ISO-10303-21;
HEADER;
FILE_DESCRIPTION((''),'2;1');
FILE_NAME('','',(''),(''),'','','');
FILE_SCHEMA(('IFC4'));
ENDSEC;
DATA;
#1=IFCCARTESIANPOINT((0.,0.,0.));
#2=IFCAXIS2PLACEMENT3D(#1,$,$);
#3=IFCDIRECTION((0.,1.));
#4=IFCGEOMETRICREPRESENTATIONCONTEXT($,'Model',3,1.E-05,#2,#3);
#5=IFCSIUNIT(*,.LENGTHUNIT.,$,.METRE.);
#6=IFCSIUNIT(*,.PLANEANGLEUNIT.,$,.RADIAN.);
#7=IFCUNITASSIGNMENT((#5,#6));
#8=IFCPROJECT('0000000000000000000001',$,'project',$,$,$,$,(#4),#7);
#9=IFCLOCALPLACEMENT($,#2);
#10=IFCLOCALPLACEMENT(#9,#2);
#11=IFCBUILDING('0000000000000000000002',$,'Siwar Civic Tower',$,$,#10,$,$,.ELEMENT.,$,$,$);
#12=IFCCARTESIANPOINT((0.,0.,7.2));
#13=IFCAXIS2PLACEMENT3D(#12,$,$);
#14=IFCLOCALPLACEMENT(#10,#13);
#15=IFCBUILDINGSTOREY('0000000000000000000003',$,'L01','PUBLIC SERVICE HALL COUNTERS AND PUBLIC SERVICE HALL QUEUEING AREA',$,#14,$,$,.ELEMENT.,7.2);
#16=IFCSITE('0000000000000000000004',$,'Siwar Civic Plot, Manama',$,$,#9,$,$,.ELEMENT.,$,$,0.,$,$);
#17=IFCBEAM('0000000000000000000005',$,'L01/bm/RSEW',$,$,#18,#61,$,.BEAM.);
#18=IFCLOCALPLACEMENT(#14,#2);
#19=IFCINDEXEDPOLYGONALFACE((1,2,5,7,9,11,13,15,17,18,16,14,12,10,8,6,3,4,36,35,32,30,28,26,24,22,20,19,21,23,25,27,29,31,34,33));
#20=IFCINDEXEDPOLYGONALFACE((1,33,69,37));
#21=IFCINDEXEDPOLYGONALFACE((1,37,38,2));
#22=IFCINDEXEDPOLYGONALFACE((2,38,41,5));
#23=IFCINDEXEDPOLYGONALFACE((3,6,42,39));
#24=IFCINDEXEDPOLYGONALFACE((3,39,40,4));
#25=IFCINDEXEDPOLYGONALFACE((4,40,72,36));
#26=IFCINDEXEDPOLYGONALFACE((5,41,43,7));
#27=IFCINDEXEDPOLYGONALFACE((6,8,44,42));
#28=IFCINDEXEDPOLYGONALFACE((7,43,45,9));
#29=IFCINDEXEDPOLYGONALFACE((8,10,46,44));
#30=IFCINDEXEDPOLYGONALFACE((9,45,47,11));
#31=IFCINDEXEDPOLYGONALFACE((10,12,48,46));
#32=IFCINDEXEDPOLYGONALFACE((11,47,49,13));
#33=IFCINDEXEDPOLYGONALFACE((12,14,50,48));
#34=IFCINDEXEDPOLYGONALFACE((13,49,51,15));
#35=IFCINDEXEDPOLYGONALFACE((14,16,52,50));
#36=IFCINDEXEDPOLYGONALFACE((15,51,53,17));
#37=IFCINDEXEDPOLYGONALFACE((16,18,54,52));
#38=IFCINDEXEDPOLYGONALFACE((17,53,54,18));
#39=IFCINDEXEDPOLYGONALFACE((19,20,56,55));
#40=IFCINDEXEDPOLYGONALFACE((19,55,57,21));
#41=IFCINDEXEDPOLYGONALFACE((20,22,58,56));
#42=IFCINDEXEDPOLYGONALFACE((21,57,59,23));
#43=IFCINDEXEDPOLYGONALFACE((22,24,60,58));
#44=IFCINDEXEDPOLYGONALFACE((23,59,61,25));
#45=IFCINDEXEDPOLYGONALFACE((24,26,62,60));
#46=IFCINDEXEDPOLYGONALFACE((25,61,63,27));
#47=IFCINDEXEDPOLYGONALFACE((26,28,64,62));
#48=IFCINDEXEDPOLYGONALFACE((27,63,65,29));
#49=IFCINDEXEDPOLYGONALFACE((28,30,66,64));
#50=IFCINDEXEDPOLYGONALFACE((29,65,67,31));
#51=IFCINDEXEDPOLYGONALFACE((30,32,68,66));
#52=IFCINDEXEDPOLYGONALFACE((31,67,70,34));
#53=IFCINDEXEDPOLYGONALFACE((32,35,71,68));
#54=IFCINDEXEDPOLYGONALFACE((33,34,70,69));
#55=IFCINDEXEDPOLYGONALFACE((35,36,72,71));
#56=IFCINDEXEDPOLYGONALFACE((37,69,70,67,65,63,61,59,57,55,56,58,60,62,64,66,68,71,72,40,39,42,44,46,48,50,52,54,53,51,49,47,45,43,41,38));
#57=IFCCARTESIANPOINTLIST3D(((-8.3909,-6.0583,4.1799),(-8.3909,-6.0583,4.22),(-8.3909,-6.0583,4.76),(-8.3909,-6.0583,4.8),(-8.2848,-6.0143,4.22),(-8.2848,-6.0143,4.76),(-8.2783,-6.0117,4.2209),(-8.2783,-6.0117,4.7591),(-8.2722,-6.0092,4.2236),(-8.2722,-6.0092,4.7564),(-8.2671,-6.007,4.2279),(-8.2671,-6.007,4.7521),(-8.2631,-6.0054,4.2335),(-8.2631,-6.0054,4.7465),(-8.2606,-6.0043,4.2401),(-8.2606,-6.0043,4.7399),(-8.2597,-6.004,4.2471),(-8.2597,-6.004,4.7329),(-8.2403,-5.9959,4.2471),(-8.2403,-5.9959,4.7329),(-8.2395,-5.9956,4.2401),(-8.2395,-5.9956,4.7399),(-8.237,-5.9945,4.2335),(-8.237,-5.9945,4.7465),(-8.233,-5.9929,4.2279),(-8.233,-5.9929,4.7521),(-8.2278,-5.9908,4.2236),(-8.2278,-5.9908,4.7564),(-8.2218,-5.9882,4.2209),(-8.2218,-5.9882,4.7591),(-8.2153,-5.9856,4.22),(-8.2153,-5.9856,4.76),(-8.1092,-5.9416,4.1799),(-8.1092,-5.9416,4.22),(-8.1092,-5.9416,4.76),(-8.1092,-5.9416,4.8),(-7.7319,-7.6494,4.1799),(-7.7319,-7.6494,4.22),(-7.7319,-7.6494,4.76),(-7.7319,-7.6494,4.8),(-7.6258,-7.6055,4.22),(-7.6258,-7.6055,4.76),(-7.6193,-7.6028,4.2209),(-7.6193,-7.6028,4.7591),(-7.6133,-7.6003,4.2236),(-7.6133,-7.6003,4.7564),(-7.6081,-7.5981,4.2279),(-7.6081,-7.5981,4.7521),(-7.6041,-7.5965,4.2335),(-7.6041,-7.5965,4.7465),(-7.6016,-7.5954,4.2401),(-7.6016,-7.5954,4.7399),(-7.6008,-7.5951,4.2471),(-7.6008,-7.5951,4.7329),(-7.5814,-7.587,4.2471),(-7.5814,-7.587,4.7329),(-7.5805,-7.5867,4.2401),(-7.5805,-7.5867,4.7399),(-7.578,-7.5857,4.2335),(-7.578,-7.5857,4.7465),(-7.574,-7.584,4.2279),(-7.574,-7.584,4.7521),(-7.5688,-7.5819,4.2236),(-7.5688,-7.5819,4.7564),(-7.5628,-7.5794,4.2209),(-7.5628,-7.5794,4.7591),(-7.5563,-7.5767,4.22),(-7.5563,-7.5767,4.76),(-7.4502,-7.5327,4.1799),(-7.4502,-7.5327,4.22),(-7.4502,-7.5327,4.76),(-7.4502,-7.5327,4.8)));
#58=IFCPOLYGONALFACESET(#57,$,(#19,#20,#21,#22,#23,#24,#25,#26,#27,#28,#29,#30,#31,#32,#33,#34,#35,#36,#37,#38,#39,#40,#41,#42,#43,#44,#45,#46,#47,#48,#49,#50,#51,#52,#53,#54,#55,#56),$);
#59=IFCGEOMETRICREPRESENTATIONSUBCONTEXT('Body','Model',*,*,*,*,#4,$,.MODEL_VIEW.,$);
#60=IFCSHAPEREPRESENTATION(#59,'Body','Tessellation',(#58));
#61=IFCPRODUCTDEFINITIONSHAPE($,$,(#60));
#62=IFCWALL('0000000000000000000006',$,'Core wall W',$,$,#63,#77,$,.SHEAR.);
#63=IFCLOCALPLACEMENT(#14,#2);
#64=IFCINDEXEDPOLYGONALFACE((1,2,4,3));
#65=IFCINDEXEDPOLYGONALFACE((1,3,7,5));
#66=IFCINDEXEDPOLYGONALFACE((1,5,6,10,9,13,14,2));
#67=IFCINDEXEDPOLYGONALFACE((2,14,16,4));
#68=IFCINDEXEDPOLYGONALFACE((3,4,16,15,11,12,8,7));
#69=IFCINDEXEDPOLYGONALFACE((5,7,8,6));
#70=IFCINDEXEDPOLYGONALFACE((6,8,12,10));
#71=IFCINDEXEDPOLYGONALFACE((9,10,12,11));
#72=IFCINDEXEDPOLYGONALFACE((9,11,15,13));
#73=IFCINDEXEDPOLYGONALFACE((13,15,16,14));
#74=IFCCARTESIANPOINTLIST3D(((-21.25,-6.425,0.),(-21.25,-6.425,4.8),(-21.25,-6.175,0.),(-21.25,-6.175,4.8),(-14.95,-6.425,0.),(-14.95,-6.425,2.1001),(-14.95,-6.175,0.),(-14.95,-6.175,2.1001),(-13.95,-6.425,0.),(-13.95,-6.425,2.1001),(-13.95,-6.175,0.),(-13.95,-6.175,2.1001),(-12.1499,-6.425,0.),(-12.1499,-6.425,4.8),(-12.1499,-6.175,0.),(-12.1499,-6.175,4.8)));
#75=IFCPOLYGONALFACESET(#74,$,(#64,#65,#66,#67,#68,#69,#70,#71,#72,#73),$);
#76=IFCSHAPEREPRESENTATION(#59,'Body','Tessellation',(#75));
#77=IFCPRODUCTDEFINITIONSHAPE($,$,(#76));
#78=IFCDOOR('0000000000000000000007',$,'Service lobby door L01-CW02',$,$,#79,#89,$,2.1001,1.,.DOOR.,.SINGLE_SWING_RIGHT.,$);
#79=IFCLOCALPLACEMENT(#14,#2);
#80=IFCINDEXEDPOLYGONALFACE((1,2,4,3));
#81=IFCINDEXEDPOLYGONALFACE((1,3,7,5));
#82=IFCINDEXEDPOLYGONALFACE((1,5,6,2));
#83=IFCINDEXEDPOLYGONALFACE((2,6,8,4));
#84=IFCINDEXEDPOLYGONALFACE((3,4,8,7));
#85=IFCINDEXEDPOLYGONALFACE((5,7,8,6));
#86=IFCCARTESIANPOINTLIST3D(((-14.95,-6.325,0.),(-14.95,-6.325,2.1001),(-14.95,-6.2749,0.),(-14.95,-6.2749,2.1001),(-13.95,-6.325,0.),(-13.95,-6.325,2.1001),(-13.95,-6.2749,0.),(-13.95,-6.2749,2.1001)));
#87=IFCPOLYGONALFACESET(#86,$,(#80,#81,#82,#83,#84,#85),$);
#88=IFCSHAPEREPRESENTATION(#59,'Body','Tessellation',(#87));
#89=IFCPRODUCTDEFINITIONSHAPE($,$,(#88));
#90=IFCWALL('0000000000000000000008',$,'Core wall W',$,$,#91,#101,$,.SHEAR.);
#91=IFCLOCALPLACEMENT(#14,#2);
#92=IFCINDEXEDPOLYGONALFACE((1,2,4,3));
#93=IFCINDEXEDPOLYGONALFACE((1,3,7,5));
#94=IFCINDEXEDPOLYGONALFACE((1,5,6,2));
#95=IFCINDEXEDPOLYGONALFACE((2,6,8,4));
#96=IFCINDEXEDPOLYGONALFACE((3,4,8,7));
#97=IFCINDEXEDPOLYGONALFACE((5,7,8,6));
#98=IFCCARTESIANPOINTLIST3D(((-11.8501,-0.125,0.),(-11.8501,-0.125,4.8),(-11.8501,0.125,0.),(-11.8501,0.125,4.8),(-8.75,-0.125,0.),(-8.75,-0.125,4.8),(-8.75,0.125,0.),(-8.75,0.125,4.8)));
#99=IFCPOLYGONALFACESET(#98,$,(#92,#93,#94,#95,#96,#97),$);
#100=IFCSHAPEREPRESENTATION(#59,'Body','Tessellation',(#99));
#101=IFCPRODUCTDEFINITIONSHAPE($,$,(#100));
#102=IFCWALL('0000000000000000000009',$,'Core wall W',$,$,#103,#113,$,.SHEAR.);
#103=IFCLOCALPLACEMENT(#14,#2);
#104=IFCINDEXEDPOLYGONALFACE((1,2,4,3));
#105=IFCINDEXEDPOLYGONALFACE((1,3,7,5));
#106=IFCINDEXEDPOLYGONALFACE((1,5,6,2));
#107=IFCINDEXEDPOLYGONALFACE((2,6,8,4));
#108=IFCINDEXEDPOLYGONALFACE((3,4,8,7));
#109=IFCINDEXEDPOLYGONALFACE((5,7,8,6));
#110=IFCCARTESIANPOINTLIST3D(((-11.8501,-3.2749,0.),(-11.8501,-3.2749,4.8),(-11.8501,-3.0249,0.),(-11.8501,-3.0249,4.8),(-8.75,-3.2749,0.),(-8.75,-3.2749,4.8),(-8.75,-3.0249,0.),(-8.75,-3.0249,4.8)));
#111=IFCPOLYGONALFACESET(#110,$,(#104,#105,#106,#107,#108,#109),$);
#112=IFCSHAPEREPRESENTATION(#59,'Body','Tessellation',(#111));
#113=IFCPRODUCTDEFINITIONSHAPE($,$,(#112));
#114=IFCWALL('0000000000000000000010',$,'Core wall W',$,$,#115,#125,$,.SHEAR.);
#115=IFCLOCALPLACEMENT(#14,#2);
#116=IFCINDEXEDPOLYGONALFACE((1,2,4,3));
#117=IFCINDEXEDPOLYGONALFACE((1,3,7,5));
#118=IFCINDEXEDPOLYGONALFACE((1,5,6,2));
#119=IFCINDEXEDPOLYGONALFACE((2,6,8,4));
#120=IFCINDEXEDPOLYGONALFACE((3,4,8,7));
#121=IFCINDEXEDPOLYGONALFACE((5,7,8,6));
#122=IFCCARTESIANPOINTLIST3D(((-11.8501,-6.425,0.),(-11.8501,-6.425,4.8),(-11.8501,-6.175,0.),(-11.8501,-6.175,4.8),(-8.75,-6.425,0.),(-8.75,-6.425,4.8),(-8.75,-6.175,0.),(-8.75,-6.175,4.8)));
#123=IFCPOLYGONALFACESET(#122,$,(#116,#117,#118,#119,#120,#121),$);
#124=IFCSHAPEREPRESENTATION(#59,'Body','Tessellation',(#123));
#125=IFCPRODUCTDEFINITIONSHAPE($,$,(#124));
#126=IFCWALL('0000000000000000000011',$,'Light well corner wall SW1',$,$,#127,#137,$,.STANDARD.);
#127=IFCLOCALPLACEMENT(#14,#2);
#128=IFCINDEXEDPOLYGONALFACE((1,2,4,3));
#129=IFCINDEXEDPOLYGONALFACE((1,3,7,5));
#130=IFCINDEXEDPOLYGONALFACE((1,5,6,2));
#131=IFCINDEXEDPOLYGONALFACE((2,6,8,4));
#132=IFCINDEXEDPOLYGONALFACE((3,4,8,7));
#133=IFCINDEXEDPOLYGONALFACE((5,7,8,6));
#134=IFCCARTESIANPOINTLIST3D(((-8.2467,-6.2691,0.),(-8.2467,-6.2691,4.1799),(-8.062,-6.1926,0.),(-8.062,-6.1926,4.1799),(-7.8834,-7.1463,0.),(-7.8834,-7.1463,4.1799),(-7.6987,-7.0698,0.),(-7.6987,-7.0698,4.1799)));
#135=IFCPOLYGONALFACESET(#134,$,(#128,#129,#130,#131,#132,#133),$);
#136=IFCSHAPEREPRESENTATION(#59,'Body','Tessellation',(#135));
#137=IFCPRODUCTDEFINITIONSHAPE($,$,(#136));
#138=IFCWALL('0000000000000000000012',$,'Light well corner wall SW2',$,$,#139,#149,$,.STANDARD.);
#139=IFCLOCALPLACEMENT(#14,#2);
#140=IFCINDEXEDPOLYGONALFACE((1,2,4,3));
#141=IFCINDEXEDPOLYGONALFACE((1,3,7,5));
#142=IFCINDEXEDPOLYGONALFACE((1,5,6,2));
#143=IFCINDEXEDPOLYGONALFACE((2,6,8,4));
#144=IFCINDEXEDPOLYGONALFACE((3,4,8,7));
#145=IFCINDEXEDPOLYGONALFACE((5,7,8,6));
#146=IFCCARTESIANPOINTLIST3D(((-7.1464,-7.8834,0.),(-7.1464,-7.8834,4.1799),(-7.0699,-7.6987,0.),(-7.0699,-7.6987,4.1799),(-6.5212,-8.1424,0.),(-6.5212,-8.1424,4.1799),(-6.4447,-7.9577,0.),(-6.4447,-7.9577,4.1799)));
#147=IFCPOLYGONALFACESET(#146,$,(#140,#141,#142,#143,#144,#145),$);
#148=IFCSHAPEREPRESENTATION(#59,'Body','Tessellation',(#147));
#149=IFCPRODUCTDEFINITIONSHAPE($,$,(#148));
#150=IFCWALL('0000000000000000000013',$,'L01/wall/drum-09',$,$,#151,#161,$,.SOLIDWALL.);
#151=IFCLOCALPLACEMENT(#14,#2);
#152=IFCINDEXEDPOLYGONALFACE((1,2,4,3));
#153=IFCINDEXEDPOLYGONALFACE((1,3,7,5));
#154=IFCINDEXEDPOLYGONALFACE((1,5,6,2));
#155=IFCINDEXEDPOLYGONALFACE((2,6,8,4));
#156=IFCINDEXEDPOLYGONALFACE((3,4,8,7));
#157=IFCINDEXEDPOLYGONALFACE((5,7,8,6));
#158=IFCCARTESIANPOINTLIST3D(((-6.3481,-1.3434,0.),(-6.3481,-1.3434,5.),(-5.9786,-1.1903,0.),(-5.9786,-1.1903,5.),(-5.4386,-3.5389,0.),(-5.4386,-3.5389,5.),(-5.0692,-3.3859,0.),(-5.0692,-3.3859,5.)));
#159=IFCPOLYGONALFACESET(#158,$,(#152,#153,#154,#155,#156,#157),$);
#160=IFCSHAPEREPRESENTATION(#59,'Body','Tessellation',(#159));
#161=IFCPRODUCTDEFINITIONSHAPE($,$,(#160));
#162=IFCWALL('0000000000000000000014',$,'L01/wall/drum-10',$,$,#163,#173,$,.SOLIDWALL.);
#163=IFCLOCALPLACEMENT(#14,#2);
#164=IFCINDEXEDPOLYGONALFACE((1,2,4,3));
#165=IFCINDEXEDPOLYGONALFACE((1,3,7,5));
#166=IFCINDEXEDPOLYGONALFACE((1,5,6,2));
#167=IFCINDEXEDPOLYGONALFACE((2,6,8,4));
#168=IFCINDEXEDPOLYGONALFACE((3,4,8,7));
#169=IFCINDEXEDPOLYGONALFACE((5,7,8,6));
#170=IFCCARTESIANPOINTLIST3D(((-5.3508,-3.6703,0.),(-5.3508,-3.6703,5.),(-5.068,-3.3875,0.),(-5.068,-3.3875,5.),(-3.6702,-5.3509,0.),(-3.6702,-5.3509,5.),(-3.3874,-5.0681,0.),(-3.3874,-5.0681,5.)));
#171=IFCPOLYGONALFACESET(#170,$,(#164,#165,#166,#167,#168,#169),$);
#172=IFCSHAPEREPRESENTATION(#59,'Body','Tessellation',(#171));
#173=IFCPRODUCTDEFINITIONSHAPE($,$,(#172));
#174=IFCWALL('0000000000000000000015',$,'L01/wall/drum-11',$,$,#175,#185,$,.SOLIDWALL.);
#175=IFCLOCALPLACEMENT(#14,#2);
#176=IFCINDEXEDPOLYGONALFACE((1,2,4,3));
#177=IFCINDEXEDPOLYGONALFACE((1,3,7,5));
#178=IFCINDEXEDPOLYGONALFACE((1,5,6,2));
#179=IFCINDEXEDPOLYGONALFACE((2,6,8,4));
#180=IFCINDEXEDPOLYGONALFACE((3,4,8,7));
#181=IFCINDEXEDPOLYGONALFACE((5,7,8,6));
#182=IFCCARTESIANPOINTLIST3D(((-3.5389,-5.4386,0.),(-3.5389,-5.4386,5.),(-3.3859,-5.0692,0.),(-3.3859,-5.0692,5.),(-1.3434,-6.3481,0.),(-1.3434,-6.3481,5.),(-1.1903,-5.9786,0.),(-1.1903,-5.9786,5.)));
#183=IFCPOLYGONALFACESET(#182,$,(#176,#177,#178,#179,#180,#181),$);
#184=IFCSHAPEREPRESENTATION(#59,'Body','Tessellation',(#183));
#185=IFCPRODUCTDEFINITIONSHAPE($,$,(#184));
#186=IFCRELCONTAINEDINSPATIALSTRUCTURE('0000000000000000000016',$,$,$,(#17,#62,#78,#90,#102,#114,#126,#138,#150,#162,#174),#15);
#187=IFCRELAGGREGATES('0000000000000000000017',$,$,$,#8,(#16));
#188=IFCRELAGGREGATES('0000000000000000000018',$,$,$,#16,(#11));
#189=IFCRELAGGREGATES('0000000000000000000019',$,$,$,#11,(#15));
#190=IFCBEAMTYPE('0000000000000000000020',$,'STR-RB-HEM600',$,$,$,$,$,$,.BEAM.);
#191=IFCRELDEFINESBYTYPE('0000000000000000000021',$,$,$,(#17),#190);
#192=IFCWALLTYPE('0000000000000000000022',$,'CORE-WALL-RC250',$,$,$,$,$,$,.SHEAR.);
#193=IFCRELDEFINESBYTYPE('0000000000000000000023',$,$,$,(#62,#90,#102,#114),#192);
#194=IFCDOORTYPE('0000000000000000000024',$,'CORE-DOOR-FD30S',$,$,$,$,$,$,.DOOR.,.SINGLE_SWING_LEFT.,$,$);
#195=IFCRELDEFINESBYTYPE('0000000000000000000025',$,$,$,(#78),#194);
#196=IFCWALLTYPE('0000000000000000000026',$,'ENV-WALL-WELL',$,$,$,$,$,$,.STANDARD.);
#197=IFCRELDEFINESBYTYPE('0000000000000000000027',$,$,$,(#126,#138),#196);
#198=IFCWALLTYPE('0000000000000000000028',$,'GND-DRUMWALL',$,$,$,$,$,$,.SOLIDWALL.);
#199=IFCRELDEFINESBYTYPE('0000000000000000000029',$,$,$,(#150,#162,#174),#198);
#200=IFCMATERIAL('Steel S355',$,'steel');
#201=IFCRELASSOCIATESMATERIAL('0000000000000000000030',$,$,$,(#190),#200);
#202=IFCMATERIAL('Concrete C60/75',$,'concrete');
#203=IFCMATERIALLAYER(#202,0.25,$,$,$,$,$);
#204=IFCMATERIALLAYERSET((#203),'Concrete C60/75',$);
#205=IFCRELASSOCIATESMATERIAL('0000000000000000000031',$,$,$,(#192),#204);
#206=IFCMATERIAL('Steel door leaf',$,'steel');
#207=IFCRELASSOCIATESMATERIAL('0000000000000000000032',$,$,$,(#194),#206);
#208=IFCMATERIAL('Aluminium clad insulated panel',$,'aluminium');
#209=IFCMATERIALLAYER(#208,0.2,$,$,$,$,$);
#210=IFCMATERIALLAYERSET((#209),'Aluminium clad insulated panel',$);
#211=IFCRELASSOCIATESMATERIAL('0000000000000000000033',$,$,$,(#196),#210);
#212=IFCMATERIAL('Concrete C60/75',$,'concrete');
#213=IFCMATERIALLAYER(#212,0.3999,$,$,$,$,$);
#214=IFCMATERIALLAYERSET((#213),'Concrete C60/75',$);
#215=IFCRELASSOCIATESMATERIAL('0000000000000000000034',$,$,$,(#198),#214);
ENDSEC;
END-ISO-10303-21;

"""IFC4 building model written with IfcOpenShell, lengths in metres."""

from ifc_helpers import new_model, si_unit, direction, frame, frame_2d, origin, origin_2d, place, context, subcontext, project, spatial, rectangle, i_section, extrude, material, layer, layer_set, material_profile, profile_set, type_object, element, fill, save


model = new_model("IFC4")

# Units and contexts
model_context = context("Model", 3, precision=1e-05, world=origin(), true_north=direction((0.0, 1.0)))
body_context = subcontext(model_context, "Body", "Model", "MODEL_VIEW")
ifc_project = project(units=[si_unit("LENGTHUNIT", "METRE"), si_unit("PLANEANGLEUNIT", "RADIAN")], contexts=[model_context])

# Site, building, storey
site_placement = place(None, origin())
site = spatial("IfcSite", under=ifc_project, at=site_placement, Name="Siwar Civic Plot, Manama", CompositionType="ELEMENT", RefElevation=0.0)
building_placement = place(site_placement, origin())
building = spatial("IfcBuilding", under=site, at=building_placement, Name="Siwar Civic Tower", CompositionType="ELEMENT")
storey_placement = place(building_placement, frame((0.0, 0.0, 7.2)))
storey = spatial("IfcBuildingStorey", under=building, at=storey_placement, Name="L01", Description="PUBLIC SERVICE HALL COUNTERS AND PUBLIC SERVICE HALL QUEUEING AREA", CompositionType="ELEMENT", Elevation=7.2)

# Beam
ifc_material_1 = material(Name="Steel S355", Category="steel")
ifc_material_profile_1 = material_profile(ifc_material_1, i_section(OverallWidth=0.3049, OverallDepth=0.6201, WebThickness=0.021, FlangeThickness=0.04, FilletRadius=0.0271, at=origin_2d()), Name="HEM600")
ifc_profile_set_1 = profile_set([ifc_material_profile_1], Name="Steel S355")
beam_type = type_object("IfcBeamType", Name="STR-RB-HEM600", PredefinedType="BEAM", material=ifc_profile_set_1)
beam_1_placement = place(storey_placement, frame((-7.5911, -7.5911, 4.49), z_axis=(-0.382631, 0.923901, 0.0), x_axis=(-0.923901, -0.382631, 0.0)))
element("IfcBeam", 1, at=beam_1_placement, inside=storey, type_object=beam_type, Name="L01/bm/RSEW", PredefinedType="BEAM", context=body_context, shape_type="SweptSolid", body=[
    extrude(i_section(OverallWidth=0.3049, OverallDepth=0.6201, WebThickness=0.021, FlangeThickness=0.04, FilletRadius=0.0271, at=origin_2d()), origin(), (0.0, 0.0, 1.0), 1.7222),
])

# Wall, opening, door
ifc_material_2 = material(Name="Concrete C60/75", Category="concrete")
ifc_layer_1 = layer(ifc_material_2, 0.25)
ifc_layer_set_1 = layer_set([ifc_layer_1], Name="Concrete C60/75")
wall_type_1 = type_object("IfcWallType", Name="CORE-WALL-RC250", PredefinedType="SHEAR", material=ifc_layer_set_1)
wall_1_placement = place(storey_placement, frame((-12.1499, -6.3, 0.0), z_axis=(0.0, 0.0, 1.0), x_axis=(-1.0, 0.0, 0.0)))
wall_1 = element("IfcWall", 2, at=wall_1_placement, inside=storey, type_object=wall_type_1, Name="Core wall W", PredefinedType="SHEAR", context=body_context, shape_type="SweptSolid", body=[
    extrude(rectangle(XDim=9.1001, YDim=0.25, at=frame_2d((4.55, 0.0))), origin(), (0.0, 0.0, 1.0), 4.8),
])
opening_placement = place(wall_1_placement, frame((1.8, 0.0, 0.0)))
opening = element("IfcOpeningElement", 3, at=opening_placement, cuts=wall_1, PredefinedType="OPENING", context=body_context, shape_type="SweptSolid", body=[
    extrude(rectangle(XDim=1.0, YDim=2.1001, at=frame_2d((0.5, 1.05))), frame((0.0, 0.135, 0.0), z_axis=(0.0, -1.0, 0.0), x_axis=(1.0, 0.0, 0.0)), (0.0, 0.0, 1.0), 0.27),
])
ifc_material_3 = material(Name="Steel door leaf", Category="steel")
door_type = type_object("IfcDoorType", Name="CORE-DOOR-FD30S", OperationType="SINGLE_SWING_LEFT", PredefinedType="DOOR", material=ifc_material_3)
door_placement = place(opening_placement, origin())
door = element("IfcDoor", 4, at=door_placement, inside=storey, type_object=door_type, Name="Service lobby door L01-CW02", OperationType="SINGLE_SWING_RIGHT", OverallHeight=2.1001, OverallWidth=1.0, PredefinedType="DOOR", context=body_context, shape_type="SweptSolid", body=[
    extrude(rectangle(XDim=1.0, YDim=2.1001, at=frame_2d((0.5, 1.05))), frame((0.0, 0.0249, 0.0), z_axis=(0.0, -1.0, 0.0), x_axis=(1.0, 0.0, 0.0)), (0.0, 0.0, 1.0), 0.05),
])
fill(opening, door)

# Walls
for number, where, z_axis, x_axis, name in (
    (5, (-8.75, 0.0, 0.0), (0.0, 0.0, 1.0), (-1.0, 0.0, 0.0), "Core wall W"),
    (6, (-8.75, -3.1499, 0.0), (0.0, 0.0, 1.0), (-1.0, 0.0, 0.0), "Core wall W"),
    (7, (-8.75, -6.3, 0.0), (0.0, 0.0, 1.0), (-1.0, 0.0, 0.0), "Core wall W"),
):
    element("IfcWall", number, at=place(storey_placement, frame(where, z_axis=z_axis, x_axis=x_axis)), inside=storey, type_object=wall_type_1, Name=name, PredefinedType="SHEAR", context=body_context, shape_type="SweptSolid", body=[
        extrude(rectangle(XDim=3.1001, YDim=0.25, at=frame_2d((1.55, 0.0))), origin(), (0.0, 0.0, 1.0), 4.8),
    ])
ifc_material_4 = material(Name="Aluminium clad insulated panel", Category="aluminium")
ifc_layer_2 = layer(ifc_material_4, 0.2)
ifc_layer_set_2 = layer_set([ifc_layer_2], Name="Aluminium clad insulated panel")
wall_type_2 = type_object("IfcWallType", Name="ENV-WALL-WELL", PredefinedType="STANDARD", material=ifc_layer_set_2)
wall_2_placement = place(storey_placement, frame((-8.1543, -6.231, 0.0), z_axis=(0.0, 0.0, 1.0), x_axis=(0.382624, -0.923904, 0.0)))
element("IfcWall", 8, at=wall_2_placement, inside=storey, type_object=wall_type_2, Name="Light well corner wall SW1", PredefinedType="STANDARD", context=body_context, shape_type="SweptSolid", body=[
    extrude(rectangle(XDim=0.9495, YDim=0.2, at=frame_2d((0.4746, 0.0))), origin(), (0.0, 0.0, 1.0), 4.1799),
])
wall_3_placement = place(storey_placement, frame((-7.1082, -7.791, 0.0), z_axis=(0.0, 0.0, 1.0), x_axis=(0.923854, -0.382745, 0.0)))
element("IfcWall", 9, at=wall_3_placement, inside=storey, type_object=wall_type_2, Name="Light well corner wall SW2", PredefinedType="STANDARD", context=body_context, shape_type="SweptSolid", body=[
    extrude(rectangle(XDim=0.6768, YDim=0.2, at=frame_2d((0.3384, 0.0))), origin(), (0.0, 0.0, 1.0), 4.1799),
])
ifc_material_5 = material(Name="Concrete C60/75", Category="concrete")
ifc_layer_3 = layer(ifc_material_5, 0.3999)
ifc_layer_set_3 = layer_set([ifc_layer_3], Name="Concrete C60/75")
wall_type_3 = type_object("IfcWallType", Name="GND-DRUMWALL", PredefinedType="SOLIDWALL", material=ifc_layer_set_3)
wall_4_placement = place(storey_placement, frame((-6.1633, -1.2668, 0.0), z_axis=(0.0, 0.0, 1.0), x_axis=(0.382681, -0.92388, 0.0)))
element("IfcWall", 10, at=wall_4_placement, inside=storey, type_object=wall_type_3, Name="L01/wall/drum-09", PredefinedType="SOLIDWALL", context=body_context, shape_type="SweptSolid", body=[
    extrude(rectangle(XDim=2.3765, YDim=0.3999, at=frame_2d((1.1882, 0.0))), origin(), (0.0, 0.0, 1.0), 5.0),
])
wall_5_placement = place(storey_placement, frame((-5.2095, -3.5288, 0.0), z_axis=(0.0, 0.0, 1.0), x_axis=(0.707107, -0.707107, 0.0)))
element("IfcWall", 11, at=wall_5_placement, inside=storey, type_object=wall_type_3, Name="L01/wall/drum-10", PredefinedType="SOLIDWALL", context=body_context, shape_type="SweptSolid", body=[
    extrude(rectangle(XDim=2.3767, YDim=0.3999, at=frame_2d((1.1885, 0.0))), origin(), (0.0, 0.0, 1.0), 5.0),
])
for number, where, z_axis, x_axis, name in (
    (12, (-3.4624, -5.2539, 0.0), (0.0, 0.0, 1.0), (0.92388, -0.382681, 0.0), "L01/wall/drum-11"),
):
    element("IfcWall", number, at=place(storey_placement, frame(where, z_axis=z_axis, x_axis=x_axis)), inside=storey, type_object=wall_type_3, Name=name, PredefinedType="SOLIDWALL", context=body_context, shape_type="SweptSolid", body=[
        extrude(rectangle(XDim=2.3765, YDim=0.3999, at=frame_2d((1.1882, 0.0))), origin(), (0.0, 0.0, 1.0), 5.0),
    ])

save(model, "model.ifc")
